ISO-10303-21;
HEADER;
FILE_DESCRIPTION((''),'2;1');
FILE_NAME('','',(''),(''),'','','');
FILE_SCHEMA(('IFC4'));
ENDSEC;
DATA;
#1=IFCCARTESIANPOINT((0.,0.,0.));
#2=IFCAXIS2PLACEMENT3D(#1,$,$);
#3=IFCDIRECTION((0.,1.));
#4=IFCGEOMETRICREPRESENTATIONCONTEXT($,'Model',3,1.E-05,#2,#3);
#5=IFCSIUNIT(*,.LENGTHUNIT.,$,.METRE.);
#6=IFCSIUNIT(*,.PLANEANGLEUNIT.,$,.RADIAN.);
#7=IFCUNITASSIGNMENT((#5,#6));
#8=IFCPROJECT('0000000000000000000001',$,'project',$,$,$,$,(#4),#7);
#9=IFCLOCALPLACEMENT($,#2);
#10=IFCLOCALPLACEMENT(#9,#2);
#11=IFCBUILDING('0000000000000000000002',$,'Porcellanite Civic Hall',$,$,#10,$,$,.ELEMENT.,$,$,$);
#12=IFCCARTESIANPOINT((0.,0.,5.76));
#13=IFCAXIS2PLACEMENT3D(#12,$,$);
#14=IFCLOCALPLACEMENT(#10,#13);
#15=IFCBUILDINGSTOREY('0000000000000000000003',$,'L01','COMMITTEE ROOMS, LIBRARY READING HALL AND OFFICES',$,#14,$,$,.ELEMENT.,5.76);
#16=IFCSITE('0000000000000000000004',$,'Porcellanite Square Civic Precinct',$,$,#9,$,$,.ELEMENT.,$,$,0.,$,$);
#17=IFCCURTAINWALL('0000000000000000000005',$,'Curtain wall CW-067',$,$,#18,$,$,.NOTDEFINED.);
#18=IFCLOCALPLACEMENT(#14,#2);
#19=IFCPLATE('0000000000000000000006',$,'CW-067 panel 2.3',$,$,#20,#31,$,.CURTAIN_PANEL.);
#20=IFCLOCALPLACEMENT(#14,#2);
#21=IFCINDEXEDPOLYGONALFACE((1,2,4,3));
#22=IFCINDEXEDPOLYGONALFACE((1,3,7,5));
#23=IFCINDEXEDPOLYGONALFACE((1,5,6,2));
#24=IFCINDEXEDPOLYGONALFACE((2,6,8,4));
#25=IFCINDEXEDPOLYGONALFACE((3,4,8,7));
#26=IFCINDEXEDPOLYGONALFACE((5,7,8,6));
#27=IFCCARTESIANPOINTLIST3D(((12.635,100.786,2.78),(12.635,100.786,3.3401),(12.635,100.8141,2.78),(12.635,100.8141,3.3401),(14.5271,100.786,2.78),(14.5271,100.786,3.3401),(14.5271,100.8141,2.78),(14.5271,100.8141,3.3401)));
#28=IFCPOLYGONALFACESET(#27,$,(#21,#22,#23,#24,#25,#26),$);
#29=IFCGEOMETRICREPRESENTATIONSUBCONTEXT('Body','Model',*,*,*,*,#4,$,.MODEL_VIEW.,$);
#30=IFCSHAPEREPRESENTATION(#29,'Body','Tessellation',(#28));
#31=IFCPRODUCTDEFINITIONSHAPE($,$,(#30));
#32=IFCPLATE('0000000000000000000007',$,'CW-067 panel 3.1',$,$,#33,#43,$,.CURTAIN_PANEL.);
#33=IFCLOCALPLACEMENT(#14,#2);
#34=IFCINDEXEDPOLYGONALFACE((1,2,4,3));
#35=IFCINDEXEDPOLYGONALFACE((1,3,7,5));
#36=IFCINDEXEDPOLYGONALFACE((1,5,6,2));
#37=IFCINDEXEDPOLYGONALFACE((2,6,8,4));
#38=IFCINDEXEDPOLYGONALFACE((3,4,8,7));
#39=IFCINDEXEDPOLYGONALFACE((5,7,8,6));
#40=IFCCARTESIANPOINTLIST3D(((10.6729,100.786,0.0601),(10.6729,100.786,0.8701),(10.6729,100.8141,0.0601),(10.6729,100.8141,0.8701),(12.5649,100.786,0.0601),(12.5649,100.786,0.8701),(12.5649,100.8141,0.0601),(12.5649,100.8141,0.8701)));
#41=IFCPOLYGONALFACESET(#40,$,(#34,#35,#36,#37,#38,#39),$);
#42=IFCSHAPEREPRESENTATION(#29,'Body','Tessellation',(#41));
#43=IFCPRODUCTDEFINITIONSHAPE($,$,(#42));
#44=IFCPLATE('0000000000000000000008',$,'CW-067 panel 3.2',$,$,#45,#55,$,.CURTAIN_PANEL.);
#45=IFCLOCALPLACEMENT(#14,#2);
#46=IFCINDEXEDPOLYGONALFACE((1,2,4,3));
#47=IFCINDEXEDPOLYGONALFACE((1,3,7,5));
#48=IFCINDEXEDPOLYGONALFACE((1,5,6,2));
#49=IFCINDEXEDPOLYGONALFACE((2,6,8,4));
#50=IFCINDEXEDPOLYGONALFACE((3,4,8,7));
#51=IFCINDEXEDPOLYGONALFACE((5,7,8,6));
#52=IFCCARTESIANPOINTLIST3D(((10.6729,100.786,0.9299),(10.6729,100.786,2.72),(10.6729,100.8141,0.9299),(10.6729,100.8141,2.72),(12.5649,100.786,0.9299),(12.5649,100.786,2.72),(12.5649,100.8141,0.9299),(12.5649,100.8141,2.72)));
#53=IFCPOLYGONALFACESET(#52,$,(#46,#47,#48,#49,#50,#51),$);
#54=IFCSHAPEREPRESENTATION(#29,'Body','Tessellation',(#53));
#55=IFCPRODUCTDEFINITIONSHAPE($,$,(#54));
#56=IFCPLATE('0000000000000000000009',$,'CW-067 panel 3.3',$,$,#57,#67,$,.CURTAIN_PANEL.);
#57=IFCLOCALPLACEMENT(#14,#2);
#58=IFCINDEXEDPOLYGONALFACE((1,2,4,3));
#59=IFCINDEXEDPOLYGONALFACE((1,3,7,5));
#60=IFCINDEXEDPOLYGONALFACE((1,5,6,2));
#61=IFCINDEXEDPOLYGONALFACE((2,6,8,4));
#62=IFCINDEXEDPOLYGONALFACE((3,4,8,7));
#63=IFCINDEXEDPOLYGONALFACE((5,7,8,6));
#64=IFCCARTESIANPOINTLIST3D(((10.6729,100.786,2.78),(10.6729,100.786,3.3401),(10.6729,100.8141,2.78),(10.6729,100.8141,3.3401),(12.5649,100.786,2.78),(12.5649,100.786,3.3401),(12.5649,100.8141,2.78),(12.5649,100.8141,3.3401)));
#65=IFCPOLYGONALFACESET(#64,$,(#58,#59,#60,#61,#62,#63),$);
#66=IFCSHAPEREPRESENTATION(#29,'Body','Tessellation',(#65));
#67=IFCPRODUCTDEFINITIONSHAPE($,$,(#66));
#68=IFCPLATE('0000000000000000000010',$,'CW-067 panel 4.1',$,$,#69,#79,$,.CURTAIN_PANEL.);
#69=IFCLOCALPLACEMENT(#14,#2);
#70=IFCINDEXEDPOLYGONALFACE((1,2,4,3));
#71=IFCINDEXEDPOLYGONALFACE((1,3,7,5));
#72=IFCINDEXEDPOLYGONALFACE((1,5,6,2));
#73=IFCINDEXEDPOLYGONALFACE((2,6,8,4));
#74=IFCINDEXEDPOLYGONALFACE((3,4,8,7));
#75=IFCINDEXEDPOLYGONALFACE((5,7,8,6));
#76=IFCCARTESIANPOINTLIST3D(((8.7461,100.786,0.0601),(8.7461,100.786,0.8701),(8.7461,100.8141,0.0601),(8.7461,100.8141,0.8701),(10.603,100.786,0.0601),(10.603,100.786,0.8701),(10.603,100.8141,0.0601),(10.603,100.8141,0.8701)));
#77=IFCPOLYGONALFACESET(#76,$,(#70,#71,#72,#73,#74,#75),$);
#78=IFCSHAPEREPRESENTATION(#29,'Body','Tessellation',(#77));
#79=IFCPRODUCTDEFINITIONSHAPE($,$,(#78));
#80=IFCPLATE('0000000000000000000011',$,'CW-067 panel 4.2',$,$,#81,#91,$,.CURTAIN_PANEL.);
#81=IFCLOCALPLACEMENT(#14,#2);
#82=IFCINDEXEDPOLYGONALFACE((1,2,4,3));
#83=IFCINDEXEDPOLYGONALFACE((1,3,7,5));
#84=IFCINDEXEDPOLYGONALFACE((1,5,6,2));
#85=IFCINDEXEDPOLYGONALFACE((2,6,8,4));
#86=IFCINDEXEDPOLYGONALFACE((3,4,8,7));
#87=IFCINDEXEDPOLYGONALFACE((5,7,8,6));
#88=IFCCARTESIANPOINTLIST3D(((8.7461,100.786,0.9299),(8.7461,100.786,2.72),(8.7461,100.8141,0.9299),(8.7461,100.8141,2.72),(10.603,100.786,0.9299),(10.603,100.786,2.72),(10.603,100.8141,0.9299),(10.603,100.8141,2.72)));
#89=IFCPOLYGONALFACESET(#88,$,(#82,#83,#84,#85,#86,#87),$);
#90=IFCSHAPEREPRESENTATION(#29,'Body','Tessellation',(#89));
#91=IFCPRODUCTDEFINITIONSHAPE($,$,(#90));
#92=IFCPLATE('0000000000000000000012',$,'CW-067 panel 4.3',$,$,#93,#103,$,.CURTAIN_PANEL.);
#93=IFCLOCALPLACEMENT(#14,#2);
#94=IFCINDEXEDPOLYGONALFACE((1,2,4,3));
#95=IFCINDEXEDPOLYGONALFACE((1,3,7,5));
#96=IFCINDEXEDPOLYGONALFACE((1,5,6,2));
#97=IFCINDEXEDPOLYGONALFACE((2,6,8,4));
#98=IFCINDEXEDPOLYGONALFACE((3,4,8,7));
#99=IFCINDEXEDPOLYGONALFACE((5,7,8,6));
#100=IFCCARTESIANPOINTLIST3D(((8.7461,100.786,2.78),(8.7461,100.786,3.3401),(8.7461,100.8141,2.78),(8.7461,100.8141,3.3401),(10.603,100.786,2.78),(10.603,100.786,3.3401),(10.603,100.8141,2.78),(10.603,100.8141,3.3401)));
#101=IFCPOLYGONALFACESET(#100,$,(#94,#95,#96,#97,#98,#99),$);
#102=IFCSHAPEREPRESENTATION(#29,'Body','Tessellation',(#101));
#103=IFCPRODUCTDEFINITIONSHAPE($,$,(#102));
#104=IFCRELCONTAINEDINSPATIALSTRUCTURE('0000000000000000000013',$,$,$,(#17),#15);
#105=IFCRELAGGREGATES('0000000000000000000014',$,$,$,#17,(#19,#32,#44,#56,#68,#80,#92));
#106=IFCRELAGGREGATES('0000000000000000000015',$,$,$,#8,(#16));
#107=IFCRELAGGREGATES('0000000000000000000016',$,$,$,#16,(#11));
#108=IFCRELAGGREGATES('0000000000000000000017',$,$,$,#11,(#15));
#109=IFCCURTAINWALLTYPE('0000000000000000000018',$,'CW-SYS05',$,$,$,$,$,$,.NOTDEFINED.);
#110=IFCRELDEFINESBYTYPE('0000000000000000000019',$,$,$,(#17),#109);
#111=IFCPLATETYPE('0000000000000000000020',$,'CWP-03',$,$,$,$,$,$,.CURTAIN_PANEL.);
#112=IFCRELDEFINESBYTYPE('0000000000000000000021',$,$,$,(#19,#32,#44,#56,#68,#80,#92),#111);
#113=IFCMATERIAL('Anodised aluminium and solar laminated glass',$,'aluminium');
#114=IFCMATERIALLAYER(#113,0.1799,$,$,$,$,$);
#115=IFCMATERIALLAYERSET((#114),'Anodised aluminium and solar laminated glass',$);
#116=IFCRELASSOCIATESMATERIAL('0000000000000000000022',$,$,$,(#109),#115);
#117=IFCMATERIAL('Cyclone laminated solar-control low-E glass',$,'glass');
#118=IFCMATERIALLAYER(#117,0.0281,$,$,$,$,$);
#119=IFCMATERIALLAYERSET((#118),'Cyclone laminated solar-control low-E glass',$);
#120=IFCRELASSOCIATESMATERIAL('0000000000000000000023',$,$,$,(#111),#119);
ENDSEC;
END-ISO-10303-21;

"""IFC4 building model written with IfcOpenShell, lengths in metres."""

from ifc_helpers import new_model, si_unit, direction, frame, origin, origin_2d, place, context, subcontext, project, spatial, rectangle, extrude, material, layer, layer_set, type_object, element, aggregate, save


model = new_model("IFC4")

# Units and contexts
model_context = context("Model", 3, precision=1e-05, world=origin(), true_north=direction((0.0, 1.0)))
body_context = subcontext(model_context, "Body", "Model", "MODEL_VIEW")
ifc_project = project(units=[si_unit("LENGTHUNIT", "METRE"), si_unit("PLANEANGLEUNIT", "RADIAN")], contexts=[model_context])

# Site, building, storey
site_placement = place(None, origin())
site = spatial("IfcSite", under=ifc_project, at=site_placement, Name="Porcellanite Square Civic Precinct", CompositionType="ELEMENT", RefElevation=0.0)
building_placement = place(site_placement, origin())
building = spatial("IfcBuilding", under=site, at=building_placement, Name="Porcellanite Civic Hall", CompositionType="ELEMENT")
storey_placement = place(building_placement, frame((0.0, 0.0, 5.76)))
storey = spatial("IfcBuildingStorey", under=building, at=storey_placement, Name="L01", Description="COMMITTEE ROOMS, LIBRARY READING HALL AND OFFICES", CompositionType="ELEMENT", Elevation=5.76)

# Curtain wall
ifc_material_1 = material(Name="Anodised aluminium and solar laminated glass", Category="aluminium")
ifc_layer_1 = layer(ifc_material_1, 0.1799)
ifc_layer_set_1 = layer_set([ifc_layer_1], Name="Anodised aluminium and solar laminated glass")
curtain_wall_type = type_object("IfcCurtainWallType", Name="CW-SYS05", PredefinedType="NOTDEFINED", material=ifc_layer_set_1)
curtain_wall_1_placement = place(storey_placement, origin())
curtain_wall_1 = element("IfcCurtainWall", 1, at=curtain_wall_1_placement, inside=storey, type_object=curtain_wall_type, Name="Curtain wall CW-067", PredefinedType="NOTDEFINED")

# Plates
ifc_material_2 = material(Name="Cyclone laminated solar-control low-E glass", Category="glass")
ifc_layer_2 = layer(ifc_material_2, 0.0281)
ifc_layer_set_2 = layer_set([ifc_layer_2], Name="Cyclone laminated solar-control low-E glass")
plate_type = type_object("IfcPlateType", Name="CWP-03", PredefinedType="CURTAIN_PANEL", material=ifc_layer_set_2)
plate_1_placement = place(storey_placement, frame((13.5811, 100.8, 2.78), z_axis=(0.0, 0.0, 1.0), x_axis=(-1.0, 0.0, 0.0)))
plate_1 = element("IfcPlate", 2, at=plate_1_placement, type_object=plate_type, Name="CW-067 panel 2.3", PredefinedType="CURTAIN_PANEL", context=body_context, shape_type="SweptSolid", body=[
    extrude(rectangle(XDim=1.8921, YDim=0.0281, at=origin_2d()), origin(), (0.0, 0.0, 1.0), 0.5601),
])
plate_2_placement = place(storey_placement, frame((11.6189, 100.8, 0.0601), z_axis=(0.0, 0.0, 1.0), x_axis=(-1.0, 0.0, 0.0)))
plate_2 = element("IfcPlate", 3, at=plate_2_placement, type_object=plate_type, Name="CW-067 panel 3.1", PredefinedType="CURTAIN_PANEL", context=body_context, shape_type="SweptSolid", body=[
    extrude(rectangle(XDim=1.8921, YDim=0.0281, at=origin_2d()), origin(), (0.0, 0.0, 1.0), 0.8101),
])
plate_3_placement = place(storey_placement, frame((11.6189, 100.8, 0.9299), z_axis=(0.0, 0.0, 1.0), x_axis=(-1.0, 0.0, 0.0)))
plate_3 = element("IfcPlate", 4, at=plate_3_placement, type_object=plate_type, Name="CW-067 panel 3.2", PredefinedType="CURTAIN_PANEL", context=body_context, shape_type="SweptSolid", body=[
    extrude(rectangle(XDim=1.8921, YDim=0.0281, at=origin_2d()), origin(), (0.0, 0.0, 1.0), 1.79),
])
plate_4_placement = place(storey_placement, frame((11.6189, 100.8, 2.78), z_axis=(0.0, 0.0, 1.0), x_axis=(-1.0, 0.0, 0.0)))
plate_4 = element("IfcPlate", 5, at=plate_4_placement, type_object=plate_type, Name="CW-067 panel 3.3", PredefinedType="CURTAIN_PANEL", context=body_context, shape_type="SweptSolid", body=[
    extrude(rectangle(XDim=1.8921, YDim=0.0281, at=origin_2d()), origin(), (0.0, 0.0, 1.0), 0.5601),
])
plate_5_placement = place(storey_placement, frame((9.6746, 100.8, 0.0601), z_axis=(0.0, 0.0, 1.0), x_axis=(-1.0, 0.0, 0.0)))
plate_5 = element("IfcPlate", 6, at=plate_5_placement, type_object=plate_type, Name="CW-067 panel 4.1", PredefinedType="CURTAIN_PANEL", context=body_context, shape_type="SweptSolid", body=[
    extrude(rectangle(XDim=1.8569, YDim=0.0281, at=origin_2d()), origin(), (0.0, 0.0, 1.0), 0.8101),
])
plate_6_placement = place(storey_placement, frame((9.6746, 100.8, 0.9299), z_axis=(0.0, 0.0, 1.0), x_axis=(-1.0, 0.0, 0.0)))
plate_6 = element("IfcPlate", 7, at=plate_6_placement, type_object=plate_type, Name="CW-067 panel 4.2", PredefinedType="CURTAIN_PANEL", context=body_context, shape_type="SweptSolid", body=[
    extrude(rectangle(XDim=1.8569, YDim=0.0281, at=origin_2d()), origin(), (0.0, 0.0, 1.0), 1.79),
])
plate_7_placement = place(storey_placement, frame((9.6746, 100.8, 2.78), z_axis=(0.0, 0.0, 1.0), x_axis=(-1.0, 0.0, 0.0)))
plate_7 = element("IfcPlate", 8, at=plate_7_placement, type_object=plate_type, Name="CW-067 panel 4.3", PredefinedType="CURTAIN_PANEL", context=body_context, shape_type="SweptSolid", body=[
    extrude(rectangle(XDim=1.8569, YDim=0.0281, at=origin_2d()), origin(), (0.0, 0.0, 1.0), 0.5601),
])
aggregate(curtain_wall_1, [plate_1, plate_2, plate_3, plate_4, plate_5, plate_6, plate_7])

save(model, "model.ifc")
